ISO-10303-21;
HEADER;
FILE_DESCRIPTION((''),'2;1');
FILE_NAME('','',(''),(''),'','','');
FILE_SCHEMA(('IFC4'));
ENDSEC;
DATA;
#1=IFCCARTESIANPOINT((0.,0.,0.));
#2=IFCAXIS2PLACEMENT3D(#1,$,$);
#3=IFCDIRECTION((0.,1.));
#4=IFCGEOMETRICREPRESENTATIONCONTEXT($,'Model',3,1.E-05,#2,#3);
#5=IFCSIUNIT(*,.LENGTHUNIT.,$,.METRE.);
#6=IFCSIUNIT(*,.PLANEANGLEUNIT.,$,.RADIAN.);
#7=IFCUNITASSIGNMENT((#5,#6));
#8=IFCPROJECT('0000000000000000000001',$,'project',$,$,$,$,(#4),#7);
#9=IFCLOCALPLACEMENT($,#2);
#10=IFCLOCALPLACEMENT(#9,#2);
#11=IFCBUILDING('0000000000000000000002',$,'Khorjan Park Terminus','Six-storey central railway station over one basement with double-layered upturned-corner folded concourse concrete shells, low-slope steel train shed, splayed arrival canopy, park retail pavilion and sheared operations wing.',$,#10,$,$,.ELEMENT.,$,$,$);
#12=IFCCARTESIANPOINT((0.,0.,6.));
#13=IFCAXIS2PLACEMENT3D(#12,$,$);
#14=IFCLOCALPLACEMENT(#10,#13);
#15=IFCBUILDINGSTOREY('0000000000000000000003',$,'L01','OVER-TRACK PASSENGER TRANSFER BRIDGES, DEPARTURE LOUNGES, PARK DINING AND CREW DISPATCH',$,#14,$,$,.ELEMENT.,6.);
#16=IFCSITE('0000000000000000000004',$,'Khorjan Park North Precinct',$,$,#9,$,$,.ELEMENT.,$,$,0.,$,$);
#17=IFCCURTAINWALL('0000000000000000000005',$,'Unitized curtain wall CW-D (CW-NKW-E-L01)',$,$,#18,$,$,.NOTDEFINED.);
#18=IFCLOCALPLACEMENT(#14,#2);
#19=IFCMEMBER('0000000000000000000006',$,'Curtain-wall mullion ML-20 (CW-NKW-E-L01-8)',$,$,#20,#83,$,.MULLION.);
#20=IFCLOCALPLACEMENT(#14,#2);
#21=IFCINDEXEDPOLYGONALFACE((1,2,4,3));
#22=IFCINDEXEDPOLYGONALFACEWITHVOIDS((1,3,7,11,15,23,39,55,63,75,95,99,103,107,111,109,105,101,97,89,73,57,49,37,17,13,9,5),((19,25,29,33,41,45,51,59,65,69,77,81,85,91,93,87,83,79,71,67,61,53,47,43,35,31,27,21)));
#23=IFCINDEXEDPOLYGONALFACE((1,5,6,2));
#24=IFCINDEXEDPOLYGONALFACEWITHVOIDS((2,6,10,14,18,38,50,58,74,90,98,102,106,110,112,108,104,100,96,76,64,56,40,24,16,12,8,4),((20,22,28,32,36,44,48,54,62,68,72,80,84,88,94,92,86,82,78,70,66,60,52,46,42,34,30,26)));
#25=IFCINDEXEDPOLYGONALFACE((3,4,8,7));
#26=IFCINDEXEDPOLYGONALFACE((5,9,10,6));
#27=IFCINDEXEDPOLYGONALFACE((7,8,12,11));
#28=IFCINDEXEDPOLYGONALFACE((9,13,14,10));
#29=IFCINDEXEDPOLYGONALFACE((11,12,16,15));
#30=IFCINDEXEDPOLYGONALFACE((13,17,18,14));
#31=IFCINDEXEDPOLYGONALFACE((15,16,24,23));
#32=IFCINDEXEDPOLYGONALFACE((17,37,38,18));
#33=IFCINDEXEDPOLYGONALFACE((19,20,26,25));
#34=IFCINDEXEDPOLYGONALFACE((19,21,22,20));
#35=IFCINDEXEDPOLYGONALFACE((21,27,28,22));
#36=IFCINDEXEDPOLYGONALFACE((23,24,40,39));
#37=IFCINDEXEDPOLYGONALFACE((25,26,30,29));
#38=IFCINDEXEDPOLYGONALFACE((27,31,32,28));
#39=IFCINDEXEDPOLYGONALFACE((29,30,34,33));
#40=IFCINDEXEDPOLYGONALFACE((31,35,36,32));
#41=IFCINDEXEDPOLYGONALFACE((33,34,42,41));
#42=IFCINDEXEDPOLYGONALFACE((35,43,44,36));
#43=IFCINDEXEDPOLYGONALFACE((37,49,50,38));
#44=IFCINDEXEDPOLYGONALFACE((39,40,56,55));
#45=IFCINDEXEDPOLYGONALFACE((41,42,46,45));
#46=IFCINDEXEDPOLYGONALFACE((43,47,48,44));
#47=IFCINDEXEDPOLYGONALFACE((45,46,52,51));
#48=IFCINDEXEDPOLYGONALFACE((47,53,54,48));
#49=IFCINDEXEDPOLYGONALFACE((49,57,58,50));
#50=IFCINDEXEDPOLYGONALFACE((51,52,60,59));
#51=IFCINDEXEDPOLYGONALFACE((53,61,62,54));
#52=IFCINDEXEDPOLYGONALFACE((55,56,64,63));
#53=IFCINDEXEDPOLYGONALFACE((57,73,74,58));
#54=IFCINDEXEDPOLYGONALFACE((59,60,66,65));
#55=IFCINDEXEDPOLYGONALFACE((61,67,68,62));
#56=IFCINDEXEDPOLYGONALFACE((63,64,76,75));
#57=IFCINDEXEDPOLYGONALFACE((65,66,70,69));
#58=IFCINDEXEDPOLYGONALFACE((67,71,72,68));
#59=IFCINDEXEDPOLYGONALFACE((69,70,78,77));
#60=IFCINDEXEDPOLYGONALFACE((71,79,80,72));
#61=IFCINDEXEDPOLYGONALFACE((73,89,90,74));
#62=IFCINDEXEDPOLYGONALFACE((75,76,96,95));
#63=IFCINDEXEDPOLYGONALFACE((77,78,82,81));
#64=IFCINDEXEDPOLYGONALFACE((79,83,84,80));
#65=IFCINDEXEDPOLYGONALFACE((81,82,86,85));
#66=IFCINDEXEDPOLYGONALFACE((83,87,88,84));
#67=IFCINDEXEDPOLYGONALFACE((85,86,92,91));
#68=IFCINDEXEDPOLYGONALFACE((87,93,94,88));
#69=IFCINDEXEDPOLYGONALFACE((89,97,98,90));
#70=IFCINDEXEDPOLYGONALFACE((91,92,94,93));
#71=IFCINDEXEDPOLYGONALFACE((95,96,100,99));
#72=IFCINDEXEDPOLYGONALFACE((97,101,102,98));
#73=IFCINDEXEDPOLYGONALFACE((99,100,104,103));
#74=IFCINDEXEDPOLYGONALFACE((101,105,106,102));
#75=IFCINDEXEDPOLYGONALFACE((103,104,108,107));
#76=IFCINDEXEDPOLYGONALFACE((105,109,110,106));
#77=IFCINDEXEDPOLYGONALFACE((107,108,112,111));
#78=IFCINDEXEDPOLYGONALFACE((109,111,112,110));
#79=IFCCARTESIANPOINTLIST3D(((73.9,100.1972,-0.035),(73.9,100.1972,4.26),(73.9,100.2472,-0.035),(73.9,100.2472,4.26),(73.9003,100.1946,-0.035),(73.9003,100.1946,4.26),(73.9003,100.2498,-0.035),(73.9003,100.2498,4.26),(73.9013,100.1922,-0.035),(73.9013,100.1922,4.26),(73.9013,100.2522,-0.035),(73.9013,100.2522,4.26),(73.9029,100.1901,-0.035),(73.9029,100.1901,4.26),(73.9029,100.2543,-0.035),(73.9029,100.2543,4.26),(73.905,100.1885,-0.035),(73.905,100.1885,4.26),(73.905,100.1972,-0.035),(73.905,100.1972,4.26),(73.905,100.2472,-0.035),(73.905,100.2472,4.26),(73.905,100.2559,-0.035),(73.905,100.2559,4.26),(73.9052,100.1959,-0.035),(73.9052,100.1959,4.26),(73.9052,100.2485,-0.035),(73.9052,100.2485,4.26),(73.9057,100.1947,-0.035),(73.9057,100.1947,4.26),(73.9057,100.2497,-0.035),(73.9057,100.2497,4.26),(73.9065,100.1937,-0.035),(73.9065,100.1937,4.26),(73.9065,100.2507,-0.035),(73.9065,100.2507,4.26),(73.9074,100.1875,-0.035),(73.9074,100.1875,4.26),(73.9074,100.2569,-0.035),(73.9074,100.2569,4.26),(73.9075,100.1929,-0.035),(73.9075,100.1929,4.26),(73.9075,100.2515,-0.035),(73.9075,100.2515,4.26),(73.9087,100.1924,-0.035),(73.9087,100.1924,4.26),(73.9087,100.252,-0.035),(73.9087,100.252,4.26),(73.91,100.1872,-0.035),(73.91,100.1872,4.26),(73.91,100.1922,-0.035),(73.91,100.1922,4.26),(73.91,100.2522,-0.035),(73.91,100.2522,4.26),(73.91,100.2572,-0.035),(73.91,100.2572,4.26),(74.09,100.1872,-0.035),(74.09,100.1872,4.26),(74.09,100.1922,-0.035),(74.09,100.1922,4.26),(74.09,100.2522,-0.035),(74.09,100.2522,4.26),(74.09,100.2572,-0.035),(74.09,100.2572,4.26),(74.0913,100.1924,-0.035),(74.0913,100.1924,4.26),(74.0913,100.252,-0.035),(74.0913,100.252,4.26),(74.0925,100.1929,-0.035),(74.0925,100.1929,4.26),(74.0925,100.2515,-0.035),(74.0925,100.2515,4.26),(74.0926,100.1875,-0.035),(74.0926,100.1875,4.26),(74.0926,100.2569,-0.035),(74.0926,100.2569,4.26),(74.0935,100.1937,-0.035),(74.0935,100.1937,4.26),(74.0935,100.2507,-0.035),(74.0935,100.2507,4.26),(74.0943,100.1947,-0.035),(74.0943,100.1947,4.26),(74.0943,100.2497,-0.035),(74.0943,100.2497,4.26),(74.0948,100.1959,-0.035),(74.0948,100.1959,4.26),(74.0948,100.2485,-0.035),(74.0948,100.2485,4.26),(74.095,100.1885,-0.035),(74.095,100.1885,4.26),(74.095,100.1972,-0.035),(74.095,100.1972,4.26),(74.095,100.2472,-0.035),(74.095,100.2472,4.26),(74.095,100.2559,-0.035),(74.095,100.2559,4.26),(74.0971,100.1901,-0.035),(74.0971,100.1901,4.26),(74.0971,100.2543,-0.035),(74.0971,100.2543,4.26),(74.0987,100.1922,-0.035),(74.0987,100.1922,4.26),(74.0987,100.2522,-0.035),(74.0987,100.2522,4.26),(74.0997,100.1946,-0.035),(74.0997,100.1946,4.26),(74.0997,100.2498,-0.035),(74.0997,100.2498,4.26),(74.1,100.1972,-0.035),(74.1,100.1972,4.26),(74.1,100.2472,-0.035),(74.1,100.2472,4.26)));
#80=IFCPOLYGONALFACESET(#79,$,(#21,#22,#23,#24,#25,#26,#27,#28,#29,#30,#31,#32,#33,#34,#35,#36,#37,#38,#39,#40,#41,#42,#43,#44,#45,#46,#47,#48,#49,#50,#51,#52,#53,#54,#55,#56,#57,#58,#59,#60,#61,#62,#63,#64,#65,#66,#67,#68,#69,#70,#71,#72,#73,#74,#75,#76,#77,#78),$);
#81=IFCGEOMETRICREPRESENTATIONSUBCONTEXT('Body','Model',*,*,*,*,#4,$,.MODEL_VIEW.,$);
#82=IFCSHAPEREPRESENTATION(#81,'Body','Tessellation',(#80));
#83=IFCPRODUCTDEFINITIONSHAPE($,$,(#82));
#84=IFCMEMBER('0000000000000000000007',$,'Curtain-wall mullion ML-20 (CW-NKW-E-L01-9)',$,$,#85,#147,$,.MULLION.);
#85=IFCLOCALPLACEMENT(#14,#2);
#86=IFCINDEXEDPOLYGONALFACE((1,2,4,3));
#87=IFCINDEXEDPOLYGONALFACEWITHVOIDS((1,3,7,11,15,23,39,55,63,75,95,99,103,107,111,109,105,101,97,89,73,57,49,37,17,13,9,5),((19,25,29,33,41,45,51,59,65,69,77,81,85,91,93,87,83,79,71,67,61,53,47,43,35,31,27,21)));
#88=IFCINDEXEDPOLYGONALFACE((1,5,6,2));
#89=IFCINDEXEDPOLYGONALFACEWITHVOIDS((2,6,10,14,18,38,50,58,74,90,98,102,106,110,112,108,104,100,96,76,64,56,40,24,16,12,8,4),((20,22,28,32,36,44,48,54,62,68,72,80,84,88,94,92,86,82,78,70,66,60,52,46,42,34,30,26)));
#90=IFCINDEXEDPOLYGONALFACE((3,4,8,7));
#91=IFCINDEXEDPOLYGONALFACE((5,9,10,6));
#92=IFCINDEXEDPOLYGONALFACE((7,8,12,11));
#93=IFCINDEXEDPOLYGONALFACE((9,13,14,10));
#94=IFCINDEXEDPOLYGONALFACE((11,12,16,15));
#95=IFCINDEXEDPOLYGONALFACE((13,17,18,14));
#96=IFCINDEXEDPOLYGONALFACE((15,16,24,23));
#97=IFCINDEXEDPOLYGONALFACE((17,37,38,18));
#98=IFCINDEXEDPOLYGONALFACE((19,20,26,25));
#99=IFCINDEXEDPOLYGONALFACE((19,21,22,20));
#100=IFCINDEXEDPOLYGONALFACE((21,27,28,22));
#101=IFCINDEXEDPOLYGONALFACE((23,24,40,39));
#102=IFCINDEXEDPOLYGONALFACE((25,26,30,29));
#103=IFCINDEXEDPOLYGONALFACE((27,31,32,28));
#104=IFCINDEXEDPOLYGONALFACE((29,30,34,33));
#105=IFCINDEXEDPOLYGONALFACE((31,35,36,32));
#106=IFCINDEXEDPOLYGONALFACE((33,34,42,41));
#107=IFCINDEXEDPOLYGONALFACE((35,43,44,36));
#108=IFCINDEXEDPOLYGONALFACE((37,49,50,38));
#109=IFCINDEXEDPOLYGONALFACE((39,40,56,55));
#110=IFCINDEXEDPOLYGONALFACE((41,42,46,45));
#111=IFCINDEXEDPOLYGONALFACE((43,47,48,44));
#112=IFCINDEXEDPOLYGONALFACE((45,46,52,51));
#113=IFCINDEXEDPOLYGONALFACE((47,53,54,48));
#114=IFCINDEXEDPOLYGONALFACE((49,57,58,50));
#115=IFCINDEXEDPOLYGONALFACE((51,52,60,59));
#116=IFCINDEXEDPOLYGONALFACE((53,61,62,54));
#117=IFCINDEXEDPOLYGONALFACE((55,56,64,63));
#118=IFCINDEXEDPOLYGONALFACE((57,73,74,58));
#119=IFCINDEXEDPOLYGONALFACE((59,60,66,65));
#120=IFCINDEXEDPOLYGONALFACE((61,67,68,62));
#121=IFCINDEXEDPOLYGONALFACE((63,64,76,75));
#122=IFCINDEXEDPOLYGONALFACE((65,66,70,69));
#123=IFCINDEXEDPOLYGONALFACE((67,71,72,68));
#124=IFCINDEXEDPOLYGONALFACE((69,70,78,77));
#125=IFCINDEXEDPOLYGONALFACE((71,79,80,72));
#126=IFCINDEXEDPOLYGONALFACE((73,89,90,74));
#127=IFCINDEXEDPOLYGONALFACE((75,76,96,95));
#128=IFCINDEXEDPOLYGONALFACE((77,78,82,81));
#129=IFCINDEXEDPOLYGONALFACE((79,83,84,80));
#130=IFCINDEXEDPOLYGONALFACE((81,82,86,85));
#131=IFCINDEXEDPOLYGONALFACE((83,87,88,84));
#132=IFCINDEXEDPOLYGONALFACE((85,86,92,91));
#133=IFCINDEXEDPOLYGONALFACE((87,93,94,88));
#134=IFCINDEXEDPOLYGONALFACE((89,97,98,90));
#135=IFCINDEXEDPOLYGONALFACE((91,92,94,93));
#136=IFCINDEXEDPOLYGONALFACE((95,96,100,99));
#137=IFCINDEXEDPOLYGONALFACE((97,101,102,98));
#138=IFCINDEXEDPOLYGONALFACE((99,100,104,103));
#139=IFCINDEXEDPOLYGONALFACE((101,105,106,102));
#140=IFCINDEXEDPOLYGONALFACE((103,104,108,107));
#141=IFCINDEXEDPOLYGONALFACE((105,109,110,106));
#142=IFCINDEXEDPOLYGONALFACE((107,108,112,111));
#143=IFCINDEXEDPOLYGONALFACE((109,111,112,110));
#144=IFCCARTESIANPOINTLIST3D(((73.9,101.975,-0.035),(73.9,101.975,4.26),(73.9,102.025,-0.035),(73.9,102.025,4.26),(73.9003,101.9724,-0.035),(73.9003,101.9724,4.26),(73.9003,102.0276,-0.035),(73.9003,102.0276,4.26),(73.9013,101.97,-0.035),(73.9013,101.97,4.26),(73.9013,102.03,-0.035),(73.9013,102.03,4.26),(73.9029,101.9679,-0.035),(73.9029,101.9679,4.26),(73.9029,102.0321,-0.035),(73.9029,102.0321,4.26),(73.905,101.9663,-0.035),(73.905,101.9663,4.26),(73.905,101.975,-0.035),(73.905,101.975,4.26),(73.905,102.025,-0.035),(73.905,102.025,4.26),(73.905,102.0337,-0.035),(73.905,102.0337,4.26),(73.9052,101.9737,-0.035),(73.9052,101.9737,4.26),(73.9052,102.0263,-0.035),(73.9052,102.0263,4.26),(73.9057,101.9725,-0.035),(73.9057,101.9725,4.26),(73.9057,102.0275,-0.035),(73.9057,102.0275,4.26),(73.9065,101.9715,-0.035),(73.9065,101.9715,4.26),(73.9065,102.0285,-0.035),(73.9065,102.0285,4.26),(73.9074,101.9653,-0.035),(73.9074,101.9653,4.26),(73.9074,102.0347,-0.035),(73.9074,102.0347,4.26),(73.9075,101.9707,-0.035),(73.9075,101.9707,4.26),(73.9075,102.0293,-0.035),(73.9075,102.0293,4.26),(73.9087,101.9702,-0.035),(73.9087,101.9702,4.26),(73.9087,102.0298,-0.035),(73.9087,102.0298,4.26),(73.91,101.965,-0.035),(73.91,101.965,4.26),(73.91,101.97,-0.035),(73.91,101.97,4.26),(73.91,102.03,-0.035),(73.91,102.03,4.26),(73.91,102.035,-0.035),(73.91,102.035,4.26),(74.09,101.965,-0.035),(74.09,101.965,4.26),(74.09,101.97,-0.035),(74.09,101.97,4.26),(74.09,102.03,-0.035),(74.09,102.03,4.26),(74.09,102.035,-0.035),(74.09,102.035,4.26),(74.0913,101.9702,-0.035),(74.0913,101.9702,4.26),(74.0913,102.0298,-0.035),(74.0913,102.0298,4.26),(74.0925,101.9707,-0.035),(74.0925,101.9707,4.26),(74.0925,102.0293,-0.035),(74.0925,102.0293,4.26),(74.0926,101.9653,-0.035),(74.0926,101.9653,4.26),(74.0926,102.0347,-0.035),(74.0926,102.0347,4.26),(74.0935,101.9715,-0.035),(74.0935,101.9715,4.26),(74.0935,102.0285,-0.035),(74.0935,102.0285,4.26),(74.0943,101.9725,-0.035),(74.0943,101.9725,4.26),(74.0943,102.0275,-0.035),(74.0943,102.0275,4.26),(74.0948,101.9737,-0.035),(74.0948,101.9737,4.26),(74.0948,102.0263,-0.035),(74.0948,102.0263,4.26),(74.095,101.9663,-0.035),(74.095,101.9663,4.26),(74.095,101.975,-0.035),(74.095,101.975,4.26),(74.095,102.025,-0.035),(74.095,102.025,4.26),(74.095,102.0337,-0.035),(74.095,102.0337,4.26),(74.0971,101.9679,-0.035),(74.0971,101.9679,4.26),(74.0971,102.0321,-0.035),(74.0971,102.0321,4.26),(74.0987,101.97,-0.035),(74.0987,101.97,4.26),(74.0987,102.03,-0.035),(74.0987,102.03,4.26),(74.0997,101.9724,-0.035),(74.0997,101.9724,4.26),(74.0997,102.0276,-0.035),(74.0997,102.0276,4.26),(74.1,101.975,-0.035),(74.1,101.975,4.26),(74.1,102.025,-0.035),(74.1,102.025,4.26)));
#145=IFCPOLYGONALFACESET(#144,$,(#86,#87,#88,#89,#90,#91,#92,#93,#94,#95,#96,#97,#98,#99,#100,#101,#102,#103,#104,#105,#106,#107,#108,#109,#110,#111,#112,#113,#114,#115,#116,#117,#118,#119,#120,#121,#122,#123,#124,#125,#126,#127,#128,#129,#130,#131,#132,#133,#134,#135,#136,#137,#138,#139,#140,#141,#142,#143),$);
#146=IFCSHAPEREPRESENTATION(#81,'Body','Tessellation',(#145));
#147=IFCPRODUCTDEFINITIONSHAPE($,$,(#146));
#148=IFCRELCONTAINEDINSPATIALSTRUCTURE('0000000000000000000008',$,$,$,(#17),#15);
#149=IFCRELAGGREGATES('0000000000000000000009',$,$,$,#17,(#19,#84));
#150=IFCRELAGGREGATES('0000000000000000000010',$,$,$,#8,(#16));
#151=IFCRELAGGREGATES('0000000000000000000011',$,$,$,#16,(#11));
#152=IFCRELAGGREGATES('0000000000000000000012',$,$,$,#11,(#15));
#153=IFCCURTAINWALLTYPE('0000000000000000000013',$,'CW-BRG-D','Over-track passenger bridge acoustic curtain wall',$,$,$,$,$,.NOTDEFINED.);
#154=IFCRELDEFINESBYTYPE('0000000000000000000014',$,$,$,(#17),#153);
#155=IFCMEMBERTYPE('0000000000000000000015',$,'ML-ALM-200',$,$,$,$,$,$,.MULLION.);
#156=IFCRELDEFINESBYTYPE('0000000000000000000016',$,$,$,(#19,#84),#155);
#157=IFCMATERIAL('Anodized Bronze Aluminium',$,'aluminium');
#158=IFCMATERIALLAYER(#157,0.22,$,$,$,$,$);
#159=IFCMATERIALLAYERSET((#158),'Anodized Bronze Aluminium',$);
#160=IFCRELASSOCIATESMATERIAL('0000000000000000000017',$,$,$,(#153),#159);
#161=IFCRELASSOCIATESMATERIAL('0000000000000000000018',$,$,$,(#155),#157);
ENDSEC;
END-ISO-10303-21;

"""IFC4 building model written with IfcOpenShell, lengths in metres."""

from ifc_helpers import new_model, si_unit, direction, frame, origin, origin_2d, place, context, subcontext, project, spatial, hollow_rectangle, extrude, material, layer, layer_set, material_profile, profile_set, type_object, element, aggregate, save


model = new_model("IFC4")

# Units and contexts
model_context = context("Model", 3, precision=1e-05, world=origin(), true_north=direction((0.0, 1.0)))
body_context = subcontext(model_context, "Body", "Model", "MODEL_VIEW")
ifc_project = project(units=[si_unit("LENGTHUNIT", "METRE"), si_unit("PLANEANGLEUNIT", "RADIAN")], contexts=[model_context])

# Site, building, storey
site_placement = place(None, origin())
site = spatial("IfcSite", under=ifc_project, at=site_placement, Name="Khorjan Park North Precinct", CompositionType="ELEMENT", RefElevation=0.0)
building_placement = place(site_placement, origin())
building = spatial("IfcBuilding", under=site, at=building_placement, Name="Khorjan Park Terminus", Description="Six-storey central railway station over one basement with double-layered upturned-corner folded concourse concrete shells, low-slope steel train shed, splayed arrival canopy, park retail pavilion and sheared operations wing.", CompositionType="ELEMENT")
storey_placement = place(building_placement, frame((0.0, 0.0, 6.0)))
storey = spatial("IfcBuildingStorey", under=building, at=storey_placement, Name="L01", Description="OVER-TRACK PASSENGER TRANSFER BRIDGES, DEPARTURE LOUNGES, PARK DINING AND CREW DISPATCH", CompositionType="ELEMENT", Elevation=6.0)

# Curtain wall, members
ifc_material_1 = material(Name="Anodized Bronze Aluminium", Category="aluminium")
ifc_layer_1 = layer(ifc_material_1, 0.22)
ifc_layer_set_1 = layer_set([ifc_layer_1], Name="Anodized Bronze Aluminium")
curtain_wall_type = type_object("IfcCurtainWallType", Name="CW-BRG-D", Description="Over-track passenger bridge acoustic curtain wall", PredefinedType="NOTDEFINED", material=ifc_layer_set_1)
curtain_wall_placement = place(storey_placement, origin())
curtain_wall = element("IfcCurtainWall", 1, at=curtain_wall_placement, inside=storey, type_object=curtain_wall_type, Name="Unitized curtain wall CW-D (CW-NKW-E-L01)", PredefinedType="NOTDEFINED")
ifc_material_profile_1 = material_profile(ifc_material_1, hollow_rectangle(XDim=0.07, YDim=0.2, WallThickness=0.005, InnerFilletRadius=0.005, OuterFilletRadius=0.01, at=origin_2d()), Name="ALM 70x200x5")
ifc_profile_set_1 = profile_set([ifc_material_profile_1], Name="Anodized Bronze Aluminium")
member_type_1 = type_object("IfcMemberType", Name="ML-ALM-200", PredefinedType="MULLION", material=ifc_profile_set_1)
member_1_placement = place(storey_placement, frame((74.0, 100.2222, -0.035), z_axis=(0.0, 0.0, 1.0), x_axis=(0.0, 1.0, 0.0)))
member_1 = element("IfcMember", 2, at=member_1_placement, type_object=member_type_1, Name="Curtain-wall mullion ML-20 (CW-NKW-E-L01-8)", PredefinedType="MULLION", context=body_context, shape_type="SweptSolid", body=[
    extrude(hollow_rectangle(XDim=0.07, YDim=0.2, WallThickness=0.005, InnerFilletRadius=0.005, OuterFilletRadius=0.01, at=origin_2d()), origin(), (0.0, 0.0, 1.0), 4.295),
])
member_2_placement = place(storey_placement, frame((74.0, 102.0, -0.035), z_axis=(0.0, 0.0, 1.0), x_axis=(0.0, 1.0, 0.0)))
member_2 = element("IfcMember", 3, at=member_2_placement, type_object=member_type_1, Name="Curtain-wall mullion ML-20 (CW-NKW-E-L01-9)", PredefinedType="MULLION", context=body_context, shape_type="SweptSolid", body=[
    extrude(hollow_rectangle(XDim=0.07, YDim=0.2, WallThickness=0.005, InnerFilletRadius=0.005, OuterFilletRadius=0.01, at=origin_2d()), origin(), (0.0, 0.0, 1.0), 4.295),
])
aggregate(curtain_wall, [member_1, member_2])

save(model, "model.ifc")
